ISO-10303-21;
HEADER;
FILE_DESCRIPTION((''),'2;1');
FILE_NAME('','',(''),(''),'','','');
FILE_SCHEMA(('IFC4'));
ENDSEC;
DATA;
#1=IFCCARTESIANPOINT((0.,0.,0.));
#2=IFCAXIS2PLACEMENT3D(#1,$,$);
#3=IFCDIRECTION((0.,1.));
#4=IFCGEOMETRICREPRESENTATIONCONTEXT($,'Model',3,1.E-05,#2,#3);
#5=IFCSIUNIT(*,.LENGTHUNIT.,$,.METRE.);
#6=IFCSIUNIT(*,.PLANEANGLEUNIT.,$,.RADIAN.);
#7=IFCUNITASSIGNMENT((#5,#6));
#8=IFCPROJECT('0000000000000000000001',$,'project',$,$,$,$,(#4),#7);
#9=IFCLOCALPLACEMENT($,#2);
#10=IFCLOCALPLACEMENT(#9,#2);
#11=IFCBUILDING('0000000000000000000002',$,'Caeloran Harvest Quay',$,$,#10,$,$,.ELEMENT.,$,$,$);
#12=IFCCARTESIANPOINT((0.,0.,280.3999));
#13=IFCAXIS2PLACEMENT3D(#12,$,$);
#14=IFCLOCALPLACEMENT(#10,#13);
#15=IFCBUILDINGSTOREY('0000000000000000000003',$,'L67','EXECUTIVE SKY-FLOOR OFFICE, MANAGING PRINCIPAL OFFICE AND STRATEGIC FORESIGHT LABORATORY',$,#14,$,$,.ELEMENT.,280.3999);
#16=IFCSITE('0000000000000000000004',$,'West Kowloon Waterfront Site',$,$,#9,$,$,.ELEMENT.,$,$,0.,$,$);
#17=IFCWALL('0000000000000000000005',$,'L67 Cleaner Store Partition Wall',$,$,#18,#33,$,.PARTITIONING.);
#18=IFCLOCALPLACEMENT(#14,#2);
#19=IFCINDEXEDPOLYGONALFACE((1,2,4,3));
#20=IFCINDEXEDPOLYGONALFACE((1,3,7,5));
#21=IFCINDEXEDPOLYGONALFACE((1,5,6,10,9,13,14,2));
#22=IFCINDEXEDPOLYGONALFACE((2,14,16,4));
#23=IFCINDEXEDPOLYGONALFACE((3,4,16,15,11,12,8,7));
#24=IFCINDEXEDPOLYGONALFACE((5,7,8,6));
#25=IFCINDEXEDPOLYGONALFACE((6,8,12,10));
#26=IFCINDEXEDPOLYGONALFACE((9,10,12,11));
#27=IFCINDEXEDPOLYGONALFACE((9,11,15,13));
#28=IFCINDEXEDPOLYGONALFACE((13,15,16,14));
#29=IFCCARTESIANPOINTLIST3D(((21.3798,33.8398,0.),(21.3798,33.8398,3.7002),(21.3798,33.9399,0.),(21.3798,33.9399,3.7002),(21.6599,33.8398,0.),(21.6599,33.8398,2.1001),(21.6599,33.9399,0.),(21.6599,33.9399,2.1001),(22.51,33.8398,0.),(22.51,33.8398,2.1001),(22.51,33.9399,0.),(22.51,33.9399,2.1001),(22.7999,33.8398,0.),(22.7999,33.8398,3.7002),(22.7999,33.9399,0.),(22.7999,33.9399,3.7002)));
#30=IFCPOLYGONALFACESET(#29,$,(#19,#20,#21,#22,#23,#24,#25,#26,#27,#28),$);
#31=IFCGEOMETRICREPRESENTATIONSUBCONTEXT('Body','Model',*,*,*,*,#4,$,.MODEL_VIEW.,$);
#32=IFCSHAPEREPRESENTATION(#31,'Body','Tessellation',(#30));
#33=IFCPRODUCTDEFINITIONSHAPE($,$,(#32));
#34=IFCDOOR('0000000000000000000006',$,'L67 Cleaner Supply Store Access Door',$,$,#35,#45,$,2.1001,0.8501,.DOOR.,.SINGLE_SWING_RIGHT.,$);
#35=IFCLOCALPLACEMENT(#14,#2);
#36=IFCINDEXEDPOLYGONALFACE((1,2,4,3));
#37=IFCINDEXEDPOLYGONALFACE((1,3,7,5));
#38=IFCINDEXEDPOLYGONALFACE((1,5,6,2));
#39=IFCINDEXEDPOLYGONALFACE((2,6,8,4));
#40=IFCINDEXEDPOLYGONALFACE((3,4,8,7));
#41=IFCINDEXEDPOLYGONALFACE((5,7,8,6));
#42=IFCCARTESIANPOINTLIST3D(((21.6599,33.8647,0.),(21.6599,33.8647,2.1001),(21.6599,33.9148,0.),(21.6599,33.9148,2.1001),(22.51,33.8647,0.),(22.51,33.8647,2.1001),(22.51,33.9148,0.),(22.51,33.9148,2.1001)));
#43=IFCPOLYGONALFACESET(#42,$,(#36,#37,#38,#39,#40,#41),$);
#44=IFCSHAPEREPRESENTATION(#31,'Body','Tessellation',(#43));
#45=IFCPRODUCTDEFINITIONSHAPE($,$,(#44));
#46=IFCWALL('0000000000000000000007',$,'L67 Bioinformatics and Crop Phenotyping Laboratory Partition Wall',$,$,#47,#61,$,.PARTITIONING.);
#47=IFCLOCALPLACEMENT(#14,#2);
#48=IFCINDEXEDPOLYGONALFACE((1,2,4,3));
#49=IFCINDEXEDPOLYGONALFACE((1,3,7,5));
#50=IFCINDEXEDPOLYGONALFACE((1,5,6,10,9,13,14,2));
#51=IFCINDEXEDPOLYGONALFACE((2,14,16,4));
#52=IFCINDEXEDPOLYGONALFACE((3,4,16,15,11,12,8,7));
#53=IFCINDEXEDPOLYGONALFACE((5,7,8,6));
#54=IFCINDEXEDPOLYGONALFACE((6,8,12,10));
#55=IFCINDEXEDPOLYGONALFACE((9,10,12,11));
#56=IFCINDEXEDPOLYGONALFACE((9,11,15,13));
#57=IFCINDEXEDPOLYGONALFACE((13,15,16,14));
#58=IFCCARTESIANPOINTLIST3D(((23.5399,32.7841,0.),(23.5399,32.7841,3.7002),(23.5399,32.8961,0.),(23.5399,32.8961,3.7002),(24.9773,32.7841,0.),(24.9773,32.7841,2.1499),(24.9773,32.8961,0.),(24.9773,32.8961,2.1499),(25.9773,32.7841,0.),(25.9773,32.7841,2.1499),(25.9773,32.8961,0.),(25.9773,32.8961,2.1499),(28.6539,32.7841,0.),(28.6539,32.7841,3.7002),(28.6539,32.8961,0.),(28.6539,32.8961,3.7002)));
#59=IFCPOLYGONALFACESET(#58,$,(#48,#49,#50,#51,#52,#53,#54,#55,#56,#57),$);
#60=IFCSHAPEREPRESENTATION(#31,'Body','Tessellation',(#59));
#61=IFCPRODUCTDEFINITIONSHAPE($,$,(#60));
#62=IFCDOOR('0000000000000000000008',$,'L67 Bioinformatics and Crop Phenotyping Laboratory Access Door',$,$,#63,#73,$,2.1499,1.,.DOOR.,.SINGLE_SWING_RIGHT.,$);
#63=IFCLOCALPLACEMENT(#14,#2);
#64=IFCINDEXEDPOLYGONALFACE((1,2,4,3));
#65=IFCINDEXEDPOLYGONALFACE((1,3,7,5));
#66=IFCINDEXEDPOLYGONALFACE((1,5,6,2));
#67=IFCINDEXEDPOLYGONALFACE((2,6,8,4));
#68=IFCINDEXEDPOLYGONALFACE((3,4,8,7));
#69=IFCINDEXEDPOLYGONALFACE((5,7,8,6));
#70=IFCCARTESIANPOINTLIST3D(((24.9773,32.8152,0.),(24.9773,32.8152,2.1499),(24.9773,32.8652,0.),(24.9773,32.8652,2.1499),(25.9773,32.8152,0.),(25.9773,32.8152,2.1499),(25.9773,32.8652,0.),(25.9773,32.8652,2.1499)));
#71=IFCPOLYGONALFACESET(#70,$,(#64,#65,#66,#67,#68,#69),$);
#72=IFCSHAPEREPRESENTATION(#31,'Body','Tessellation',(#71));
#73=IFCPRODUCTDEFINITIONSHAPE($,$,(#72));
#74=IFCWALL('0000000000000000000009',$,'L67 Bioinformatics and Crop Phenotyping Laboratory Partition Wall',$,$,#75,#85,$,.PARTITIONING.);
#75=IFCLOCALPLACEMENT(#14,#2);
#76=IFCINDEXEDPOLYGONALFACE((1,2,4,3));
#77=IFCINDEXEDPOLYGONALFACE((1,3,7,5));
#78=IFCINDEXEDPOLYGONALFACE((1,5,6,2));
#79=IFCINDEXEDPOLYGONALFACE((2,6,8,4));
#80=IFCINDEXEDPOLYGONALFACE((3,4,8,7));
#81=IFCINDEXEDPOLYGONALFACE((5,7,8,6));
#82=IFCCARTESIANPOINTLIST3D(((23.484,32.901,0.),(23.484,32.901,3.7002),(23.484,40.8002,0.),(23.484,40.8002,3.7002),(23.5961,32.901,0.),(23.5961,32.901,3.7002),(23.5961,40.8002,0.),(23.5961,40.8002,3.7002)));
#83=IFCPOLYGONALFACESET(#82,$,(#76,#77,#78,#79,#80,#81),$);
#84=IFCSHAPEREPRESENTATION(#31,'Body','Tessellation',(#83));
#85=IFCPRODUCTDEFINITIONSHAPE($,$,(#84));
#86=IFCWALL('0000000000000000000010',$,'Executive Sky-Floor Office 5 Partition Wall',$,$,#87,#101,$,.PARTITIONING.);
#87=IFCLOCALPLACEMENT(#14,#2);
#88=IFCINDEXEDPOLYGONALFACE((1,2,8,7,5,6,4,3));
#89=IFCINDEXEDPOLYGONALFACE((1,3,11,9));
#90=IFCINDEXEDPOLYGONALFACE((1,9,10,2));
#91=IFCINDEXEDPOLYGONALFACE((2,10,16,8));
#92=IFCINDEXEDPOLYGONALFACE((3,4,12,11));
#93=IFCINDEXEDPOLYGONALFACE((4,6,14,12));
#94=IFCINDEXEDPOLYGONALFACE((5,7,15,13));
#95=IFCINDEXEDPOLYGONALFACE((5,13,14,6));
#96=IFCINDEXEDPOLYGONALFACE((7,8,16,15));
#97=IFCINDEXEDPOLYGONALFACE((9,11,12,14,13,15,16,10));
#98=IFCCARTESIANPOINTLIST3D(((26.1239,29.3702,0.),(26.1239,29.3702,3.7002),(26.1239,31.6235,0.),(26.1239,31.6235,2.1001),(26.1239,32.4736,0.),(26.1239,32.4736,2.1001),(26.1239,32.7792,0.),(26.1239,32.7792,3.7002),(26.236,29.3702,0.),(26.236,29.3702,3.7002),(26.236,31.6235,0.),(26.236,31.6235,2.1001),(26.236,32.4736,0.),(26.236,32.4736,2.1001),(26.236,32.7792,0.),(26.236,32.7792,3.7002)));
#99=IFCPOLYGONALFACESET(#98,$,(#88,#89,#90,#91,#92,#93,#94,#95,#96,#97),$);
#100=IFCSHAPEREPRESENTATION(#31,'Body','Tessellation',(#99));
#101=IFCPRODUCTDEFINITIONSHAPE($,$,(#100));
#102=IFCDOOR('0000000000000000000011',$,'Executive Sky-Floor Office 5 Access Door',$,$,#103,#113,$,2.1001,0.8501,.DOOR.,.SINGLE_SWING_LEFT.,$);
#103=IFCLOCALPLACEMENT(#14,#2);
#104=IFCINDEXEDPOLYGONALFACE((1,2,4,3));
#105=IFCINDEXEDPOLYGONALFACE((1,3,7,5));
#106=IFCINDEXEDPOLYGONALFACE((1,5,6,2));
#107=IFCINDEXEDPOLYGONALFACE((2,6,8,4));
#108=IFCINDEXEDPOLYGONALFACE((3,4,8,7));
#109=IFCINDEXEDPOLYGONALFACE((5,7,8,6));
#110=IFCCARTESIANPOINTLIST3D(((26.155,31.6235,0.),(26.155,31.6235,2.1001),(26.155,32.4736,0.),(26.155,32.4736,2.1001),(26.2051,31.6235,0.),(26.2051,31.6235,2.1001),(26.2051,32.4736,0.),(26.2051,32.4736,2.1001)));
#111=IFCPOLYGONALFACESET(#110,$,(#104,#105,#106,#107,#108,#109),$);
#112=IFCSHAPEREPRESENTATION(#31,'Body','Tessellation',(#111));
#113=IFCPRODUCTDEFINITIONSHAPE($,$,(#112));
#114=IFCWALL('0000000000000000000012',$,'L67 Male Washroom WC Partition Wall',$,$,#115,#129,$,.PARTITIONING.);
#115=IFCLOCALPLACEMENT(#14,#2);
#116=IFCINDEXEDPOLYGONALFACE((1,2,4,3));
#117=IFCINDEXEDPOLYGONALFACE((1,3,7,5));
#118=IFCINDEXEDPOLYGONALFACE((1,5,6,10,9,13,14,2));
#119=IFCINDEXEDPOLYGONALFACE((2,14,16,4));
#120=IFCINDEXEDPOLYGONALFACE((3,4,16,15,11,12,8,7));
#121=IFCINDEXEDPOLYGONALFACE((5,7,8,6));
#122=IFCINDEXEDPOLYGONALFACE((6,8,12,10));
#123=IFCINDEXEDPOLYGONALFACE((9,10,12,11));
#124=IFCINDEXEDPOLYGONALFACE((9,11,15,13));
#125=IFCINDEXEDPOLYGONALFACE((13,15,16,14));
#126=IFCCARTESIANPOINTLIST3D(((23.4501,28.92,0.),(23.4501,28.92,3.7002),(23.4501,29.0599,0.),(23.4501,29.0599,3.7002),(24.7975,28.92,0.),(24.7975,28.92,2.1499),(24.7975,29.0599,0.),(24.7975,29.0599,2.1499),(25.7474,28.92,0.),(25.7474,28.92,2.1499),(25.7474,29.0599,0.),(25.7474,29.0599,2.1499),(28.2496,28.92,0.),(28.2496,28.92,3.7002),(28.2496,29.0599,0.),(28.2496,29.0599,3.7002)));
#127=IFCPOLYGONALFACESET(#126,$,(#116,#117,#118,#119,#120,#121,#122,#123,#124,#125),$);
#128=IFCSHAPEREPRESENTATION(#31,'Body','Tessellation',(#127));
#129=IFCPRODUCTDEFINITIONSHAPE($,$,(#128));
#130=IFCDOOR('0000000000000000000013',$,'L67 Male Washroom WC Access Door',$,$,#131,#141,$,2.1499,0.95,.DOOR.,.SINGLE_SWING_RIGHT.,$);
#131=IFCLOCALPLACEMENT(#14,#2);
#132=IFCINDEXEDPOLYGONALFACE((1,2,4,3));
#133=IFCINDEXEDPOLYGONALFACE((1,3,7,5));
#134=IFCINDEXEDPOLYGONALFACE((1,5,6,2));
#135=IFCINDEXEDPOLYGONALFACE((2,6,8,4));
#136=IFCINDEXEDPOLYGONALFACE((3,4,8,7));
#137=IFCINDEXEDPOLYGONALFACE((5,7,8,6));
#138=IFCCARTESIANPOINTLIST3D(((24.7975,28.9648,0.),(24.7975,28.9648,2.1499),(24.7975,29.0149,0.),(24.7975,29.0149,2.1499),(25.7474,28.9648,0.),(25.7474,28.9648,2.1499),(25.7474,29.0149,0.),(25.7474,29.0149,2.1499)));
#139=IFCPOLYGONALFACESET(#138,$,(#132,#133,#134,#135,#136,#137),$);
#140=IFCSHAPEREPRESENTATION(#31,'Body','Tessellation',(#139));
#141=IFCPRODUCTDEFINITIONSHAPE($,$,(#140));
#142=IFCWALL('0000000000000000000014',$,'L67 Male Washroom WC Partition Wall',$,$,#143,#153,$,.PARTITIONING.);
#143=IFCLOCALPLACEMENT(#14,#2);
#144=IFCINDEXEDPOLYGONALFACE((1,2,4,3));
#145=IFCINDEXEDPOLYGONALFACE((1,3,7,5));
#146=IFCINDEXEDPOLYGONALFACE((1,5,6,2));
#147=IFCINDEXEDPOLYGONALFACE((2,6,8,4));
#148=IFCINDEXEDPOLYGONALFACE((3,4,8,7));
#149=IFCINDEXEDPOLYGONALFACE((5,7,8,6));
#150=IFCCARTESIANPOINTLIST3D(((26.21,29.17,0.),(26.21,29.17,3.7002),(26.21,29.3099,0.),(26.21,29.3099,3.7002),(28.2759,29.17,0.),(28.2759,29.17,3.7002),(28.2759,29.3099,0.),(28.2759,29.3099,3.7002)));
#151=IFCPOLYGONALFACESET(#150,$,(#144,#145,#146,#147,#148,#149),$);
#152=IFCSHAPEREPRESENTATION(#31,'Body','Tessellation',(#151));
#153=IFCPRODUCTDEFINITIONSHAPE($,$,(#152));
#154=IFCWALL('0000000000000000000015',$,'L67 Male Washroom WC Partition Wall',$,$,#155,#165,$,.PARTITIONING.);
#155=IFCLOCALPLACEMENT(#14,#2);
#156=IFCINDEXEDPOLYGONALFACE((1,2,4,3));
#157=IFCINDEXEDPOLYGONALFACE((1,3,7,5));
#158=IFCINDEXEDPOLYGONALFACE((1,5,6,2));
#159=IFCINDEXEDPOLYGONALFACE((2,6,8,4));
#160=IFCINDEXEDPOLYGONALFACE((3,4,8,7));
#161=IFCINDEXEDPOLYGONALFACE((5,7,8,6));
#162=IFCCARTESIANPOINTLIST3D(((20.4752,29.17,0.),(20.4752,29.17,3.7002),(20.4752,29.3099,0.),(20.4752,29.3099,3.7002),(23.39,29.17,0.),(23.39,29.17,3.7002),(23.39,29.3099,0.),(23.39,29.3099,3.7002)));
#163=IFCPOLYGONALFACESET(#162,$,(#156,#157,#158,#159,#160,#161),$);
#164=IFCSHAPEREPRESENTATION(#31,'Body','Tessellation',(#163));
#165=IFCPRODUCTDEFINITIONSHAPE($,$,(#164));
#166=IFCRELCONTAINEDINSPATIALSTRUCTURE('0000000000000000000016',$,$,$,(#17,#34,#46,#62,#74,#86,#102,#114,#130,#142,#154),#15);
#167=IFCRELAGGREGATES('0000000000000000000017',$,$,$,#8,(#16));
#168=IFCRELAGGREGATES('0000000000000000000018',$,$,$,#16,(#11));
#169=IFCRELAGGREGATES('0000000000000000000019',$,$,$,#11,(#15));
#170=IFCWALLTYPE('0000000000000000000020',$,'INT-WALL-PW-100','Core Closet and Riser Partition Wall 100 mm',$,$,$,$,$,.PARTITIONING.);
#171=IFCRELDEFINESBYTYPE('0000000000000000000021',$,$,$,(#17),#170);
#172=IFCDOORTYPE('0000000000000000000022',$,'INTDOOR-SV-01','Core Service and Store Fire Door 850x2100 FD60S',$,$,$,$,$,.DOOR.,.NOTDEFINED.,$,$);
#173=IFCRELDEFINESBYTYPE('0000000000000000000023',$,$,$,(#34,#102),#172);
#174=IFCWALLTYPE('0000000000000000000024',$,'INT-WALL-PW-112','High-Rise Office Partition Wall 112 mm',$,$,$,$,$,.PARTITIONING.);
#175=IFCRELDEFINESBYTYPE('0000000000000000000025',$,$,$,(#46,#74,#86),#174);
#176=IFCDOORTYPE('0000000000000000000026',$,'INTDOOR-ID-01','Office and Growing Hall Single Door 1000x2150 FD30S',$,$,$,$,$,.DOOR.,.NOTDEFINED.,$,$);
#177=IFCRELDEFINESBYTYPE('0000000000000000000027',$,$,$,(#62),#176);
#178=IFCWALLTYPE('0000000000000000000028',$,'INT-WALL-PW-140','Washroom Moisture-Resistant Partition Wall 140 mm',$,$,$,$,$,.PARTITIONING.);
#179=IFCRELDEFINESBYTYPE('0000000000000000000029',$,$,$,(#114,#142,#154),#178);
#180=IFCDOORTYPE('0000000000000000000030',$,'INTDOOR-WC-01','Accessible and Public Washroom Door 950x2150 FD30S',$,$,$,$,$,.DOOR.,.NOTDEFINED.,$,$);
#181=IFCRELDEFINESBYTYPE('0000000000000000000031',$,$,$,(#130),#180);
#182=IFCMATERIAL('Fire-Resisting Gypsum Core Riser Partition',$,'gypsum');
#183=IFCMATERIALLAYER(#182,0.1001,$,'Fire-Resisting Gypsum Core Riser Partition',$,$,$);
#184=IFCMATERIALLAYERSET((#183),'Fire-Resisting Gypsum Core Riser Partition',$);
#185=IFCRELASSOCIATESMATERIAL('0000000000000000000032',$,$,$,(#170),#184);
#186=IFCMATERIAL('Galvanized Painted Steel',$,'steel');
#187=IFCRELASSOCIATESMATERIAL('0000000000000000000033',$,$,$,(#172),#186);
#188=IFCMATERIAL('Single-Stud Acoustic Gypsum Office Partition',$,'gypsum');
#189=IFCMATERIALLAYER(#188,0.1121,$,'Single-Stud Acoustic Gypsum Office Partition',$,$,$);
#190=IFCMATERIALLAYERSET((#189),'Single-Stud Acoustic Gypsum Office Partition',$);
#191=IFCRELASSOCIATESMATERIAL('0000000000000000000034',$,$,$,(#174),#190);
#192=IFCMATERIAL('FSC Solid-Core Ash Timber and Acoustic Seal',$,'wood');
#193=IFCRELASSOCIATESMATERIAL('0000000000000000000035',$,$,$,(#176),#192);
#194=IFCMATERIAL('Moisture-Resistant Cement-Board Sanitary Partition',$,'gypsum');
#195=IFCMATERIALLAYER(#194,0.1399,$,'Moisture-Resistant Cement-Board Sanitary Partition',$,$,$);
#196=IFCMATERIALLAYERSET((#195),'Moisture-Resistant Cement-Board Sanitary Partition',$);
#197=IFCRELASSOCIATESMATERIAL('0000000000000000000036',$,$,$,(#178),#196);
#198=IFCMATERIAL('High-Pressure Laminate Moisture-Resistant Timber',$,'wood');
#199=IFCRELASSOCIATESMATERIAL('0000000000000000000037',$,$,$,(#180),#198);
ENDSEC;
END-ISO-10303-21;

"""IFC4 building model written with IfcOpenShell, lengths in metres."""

from ifc_helpers import new_model, si_unit, direction, frame, frame_2d, origin, place, context, subcontext, project, spatial, rectangle, extrude, material, layer, layer_set, type_object, element, fill, save


model = new_model("IFC4")

# Units and contexts
model_context = context("Model", 3, precision=1e-05, world=origin(), true_north=direction((0.0, 1.0)))
body_context = subcontext(model_context, "Body", "Model", "MODEL_VIEW")
ifc_project = project(units=[si_unit("LENGTHUNIT", "METRE"), si_unit("PLANEANGLEUNIT", "RADIAN")], contexts=[model_context])

# Site, building, storey
site_placement = place(None, origin())
site = spatial("IfcSite", under=ifc_project, at=site_placement, Name="West Kowloon Waterfront Site", CompositionType="ELEMENT", RefElevation=0.0)
building_placement = place(site_placement, origin())
building = spatial("IfcBuilding", under=site, at=building_placement, Name="Caeloran Harvest Quay", CompositionType="ELEMENT")
storey_placement = place(building_placement, frame((0.0, 0.0, 280.3999)))
storey = spatial("IfcBuildingStorey", under=building, at=storey_placement, Name="L67", Description="EXECUTIVE SKY-FLOOR OFFICE, MANAGING PRINCIPAL OFFICE AND STRATEGIC FORESIGHT LABORATORY", CompositionType="ELEMENT", Elevation=280.3999)

# Walls, openings, doors
ifc_material_1 = material(Name="Fire-Resisting Gypsum Core Riser Partition", Category="gypsum")
ifc_layer_1 = layer(ifc_material_1, 0.1001, Name="Fire-Resisting Gypsum Core Riser Partition")
ifc_layer_set_1 = layer_set([ifc_layer_1], Name="Fire-Resisting Gypsum Core Riser Partition")
wall_type_1 = type_object("IfcWallType", Name="INT-WALL-PW-100", Description="Core Closet and Riser Partition Wall 100 mm", PredefinedType="PARTITIONING", material=ifc_layer_set_1)
wall_1_placement = place(storey_placement, frame((21.3799, 33.8899, 0.0), z_axis=(0.0, 0.0, 1.0), x_axis=(1.0, 0.0, 0.0)))
wall_1 = element("IfcWall", 1, at=wall_1_placement, inside=storey, type_object=wall_type_1, Name="L67 Cleaner Store Partition Wall", PredefinedType="PARTITIONING", context=body_context, shape_type="SweptSolid", body=[
    extrude(rectangle(XDim=1.4202, YDim=0.1001, at=frame_2d((0.71, 0.0))), origin(), (0.0, 0.0, 1.0), 3.7002),
])
opening_1_placement = place(wall_1_placement, frame((0.28, 0.0, 0.0)))
opening_1 = element("IfcOpeningElement", 2, at=opening_1_placement, cuts=wall_1, PredefinedType="OPENING", context=body_context, shape_type="SweptSolid", body=[
    extrude(rectangle(XDim=0.8501, YDim=2.1001, at=frame_2d((0.425, 1.05))), frame((0.0, 0.0601, 0.0), z_axis=(0.0, -1.0, 0.0), x_axis=(1.0, 0.0, 0.0)), (0.0, 0.0, 1.0), 0.1201),
])
ifc_material_2 = material(Name="Galvanized Painted Steel", Category="steel")
door_type_1 = type_object("IfcDoorType", Name="INTDOOR-SV-01", Description="Core Service and Store Fire Door 850x2100 FD60S", OperationType="NOTDEFINED", PredefinedType="DOOR", material=ifc_material_2)
door_1_placement = place(opening_1_placement, origin())
door_1 = element("IfcDoor", 3, at=door_1_placement, inside=storey, type_object=door_type_1, Name="L67 Cleaner Supply Store Access Door", OperationType="SINGLE_SWING_RIGHT", OverallHeight=2.1001, OverallWidth=0.8501, PredefinedType="DOOR", context=body_context, shape_type="SweptSolid", body=[
    extrude(rectangle(XDim=0.8501, YDim=2.1001, at=frame_2d((0.425, 1.05))), frame((0.0, 0.0249, 0.0), z_axis=(0.0, -1.0, 0.0), x_axis=(1.0, 0.0, 0.0)), (0.0, 0.0, 1.0), 0.05),
])
fill(opening_1, door_1)
ifc_material_3 = material(Name="Single-Stud Acoustic Gypsum Office Partition", Category="gypsum")
ifc_layer_2 = layer(ifc_material_3, 0.1121, Name="Single-Stud Acoustic Gypsum Office Partition")
ifc_layer_set_2 = layer_set([ifc_layer_2], Name="Single-Stud Acoustic Gypsum Office Partition")
wall_type_2 = type_object("IfcWallType", Name="INT-WALL-PW-112", Description="High-Rise Office Partition Wall 112 mm", PredefinedType="PARTITIONING", material=ifc_layer_set_2)
wall_2_placement = place(storey_placement, frame((28.6541, 32.8401, 0.0), z_axis=(0.0, 0.0, 1.0), x_axis=(-1.0, 0.0, 0.0)))
wall_2 = element("IfcWall", 4, at=wall_2_placement, inside=storey, type_object=wall_type_2, Name="L67 Bioinformatics and Crop Phenotyping Laboratory Partition Wall", PredefinedType="PARTITIONING", context=body_context, shape_type="SweptSolid", body=[
    extrude(rectangle(XDim=5.114, YDim=0.1121, at=frame_2d((2.5571, 0.0))), origin(), (0.0, 0.0, 1.0), 3.7002),
])
opening_2_placement = place(wall_2_placement, frame((2.6768, 0.0, 0.0)))
opening_2 = element("IfcOpeningElement", 5, at=opening_2_placement, cuts=wall_2, PredefinedType="OPENING", context=body_context, shape_type="SweptSolid", body=[
    extrude(rectangle(XDim=1.0, YDim=2.1499, at=frame_2d((0.5, 1.075))), frame((0.0, 0.0659, 0.0), z_axis=(0.0, -1.0, 0.0), x_axis=(1.0, 0.0, 0.0)), (0.0, 0.0, 1.0), 0.1321),
])
ifc_material_4 = material(Name="FSC Solid-Core Ash Timber and Acoustic Seal", Category="wood")
door_type_2 = type_object("IfcDoorType", Name="INTDOOR-ID-01", Description="Office and Growing Hall Single Door 1000x2150 FD30S", OperationType="NOTDEFINED", PredefinedType="DOOR", material=ifc_material_4)
door_2_placement = place(opening_2_placement, origin())
door_2 = element("IfcDoor", 6, at=door_2_placement, inside=storey, type_object=door_type_2, Name="L67 Bioinformatics and Crop Phenotyping Laboratory Access Door", OperationType="SINGLE_SWING_RIGHT", OverallHeight=2.1499, OverallWidth=1.0, PredefinedType="DOOR", context=body_context, shape_type="SweptSolid", body=[
    extrude(rectangle(XDim=1.0, YDim=2.1499, at=frame_2d((0.5, 1.075))), frame((0.0, 0.0249, 0.0), z_axis=(0.0, -1.0, 0.0), x_axis=(1.0, 0.0, 0.0)), (0.0, 0.0, 1.0), 0.05),
])
fill(opening_2, door_2)

# Wall
wall_3_placement = place(storey_placement, frame((23.54, 32.9009, 0.0), z_axis=(0.0, 0.0, 1.0), x_axis=(0.0, 1.0, 0.0)))
element("IfcWall", 7, at=wall_3_placement, inside=storey, type_object=wall_type_2, Name="L67 Bioinformatics and Crop Phenotyping Laboratory Partition Wall", PredefinedType="PARTITIONING", context=body_context, shape_type="SweptSolid", body=[
    extrude(rectangle(XDim=7.8992, YDim=0.1121, at=frame_2d((3.9497, 0.0))), origin(), (0.0, 0.0, 1.0), 3.7002),
])

# Walls, openings, doors
wall_4_placement = place(storey_placement, frame((26.1799, 29.3701, 0.0), z_axis=(0.0, 0.0, 1.0), x_axis=(0.0, 1.0, 0.0)))
wall_4 = element("IfcWall", 8, at=wall_4_placement, inside=storey, type_object=wall_type_2, Name="Executive Sky-Floor Office 5 Partition Wall", PredefinedType="PARTITIONING", context=body_context, shape_type="SweptSolid", body=[
    extrude(rectangle(XDim=3.4089, YDim=0.1121, at=frame_2d((1.7046, 0.0))), origin(), (0.0, 0.0, 1.0), 3.7002),
])
opening_3_placement = place(wall_4_placement, frame((2.2534, 0.0, 0.0)))
opening_3 = element("IfcOpeningElement", 9, at=opening_3_placement, cuts=wall_4, PredefinedType="OPENING", context=body_context, shape_type="SweptSolid", body=[
    extrude(rectangle(XDim=0.8501, YDim=2.1001, at=frame_2d((0.425, 1.05))), frame((0.0, 0.0659, 0.0), z_axis=(0.0, -1.0, 0.0), x_axis=(1.0, 0.0, 0.0)), (0.0, 0.0, 1.0), 0.1321),
])
door_3_placement = place(opening_3_placement, origin())
door_3 = element("IfcDoor", 10, at=door_3_placement, inside=storey, type_object=door_type_1, Name="Executive Sky-Floor Office 5 Access Door", OperationType="SINGLE_SWING_LEFT", OverallHeight=2.1001, OverallWidth=0.8501, PredefinedType="DOOR", context=body_context, shape_type="SweptSolid", body=[
    extrude(rectangle(XDim=0.8501, YDim=2.1001, at=frame_2d((0.425, 1.05))), frame((0.0, 0.0249, 0.0), z_axis=(0.0, -1.0, 0.0), x_axis=(1.0, 0.0, 0.0)), (0.0, 0.0, 1.0), 0.05),
])
fill(opening_3, door_3)
ifc_material_5 = material(Name="Moisture-Resistant Cement-Board Sanitary Partition", Category="gypsum")
ifc_layer_3 = layer(ifc_material_5, 0.1399, Name="Moisture-Resistant Cement-Board Sanitary Partition")
ifc_layer_set_3 = layer_set([ifc_layer_3], Name="Moisture-Resistant Cement-Board Sanitary Partition")
wall_type_3 = type_object("IfcWallType", Name="INT-WALL-PW-140", Description="Washroom Moisture-Resistant Partition Wall 140 mm", PredefinedType="PARTITIONING", material=ifc_layer_set_3)
wall_5_placement = place(storey_placement, frame((23.45, 28.99, 0.0), z_axis=(0.0, 0.0, 1.0), x_axis=(1.0, 0.0, 0.0)))
wall_5 = element("IfcWall", 11, at=wall_5_placement, inside=storey, type_object=wall_type_3, Name="L67 Male Washroom WC Partition Wall", PredefinedType="PARTITIONING", context=body_context, shape_type="SweptSolid", body=[
    extrude(rectangle(XDim=4.7996, YDim=0.1399, at=frame_2d((2.3999, 0.0))), origin(), (0.0, 0.0, 1.0), 3.7002),
])
opening_4_placement = place(wall_5_placement, frame((1.3474, 0.0, 0.0)))
opening_4 = element("IfcOpeningElement", 12, at=opening_4_placement, cuts=wall_5, PredefinedType="OPENING", context=body_context, shape_type="SweptSolid", body=[
    extrude(rectangle(XDim=0.95, YDim=2.1499, at=frame_2d((0.4751, 1.075))), frame((0.0, 0.0801, 0.0), z_axis=(0.0, -1.0, 0.0), x_axis=(1.0, 0.0, 0.0)), (0.0, 0.0, 1.0), 0.1599),
])
ifc_material_6 = material(Name="High-Pressure Laminate Moisture-Resistant Timber", Category="wood")
door_type_3 = type_object("IfcDoorType", Name="INTDOOR-WC-01", Description="Accessible and Public Washroom Door 950x2150 FD30S", OperationType="NOTDEFINED", PredefinedType="DOOR", material=ifc_material_6)
door_4_placement = place(opening_4_placement, origin())
door_4 = element("IfcDoor", 13, at=door_4_placement, inside=storey, type_object=door_type_3, Name="L67 Male Washroom WC Access Door", OperationType="SINGLE_SWING_RIGHT", OverallHeight=2.1499, OverallWidth=0.95, PredefinedType="DOOR", context=body_context, shape_type="SweptSolid", body=[
    extrude(rectangle(XDim=0.95, YDim=2.1499, at=frame_2d((0.4751, 1.075))), frame((0.0, 0.0249, 0.0), z_axis=(0.0, -1.0, 0.0), x_axis=(1.0, 0.0, 0.0)), (0.0, 0.0, 1.0), 0.05),
])
fill(opening_4, door_4)

# Walls
wall_6_placement = place(storey_placement, frame((26.21, 29.24, 0.0), z_axis=(0.0, 0.0, 1.0), x_axis=(1.0, 0.0, 0.0)))
element("IfcWall", 14, at=wall_6_placement, inside=storey, type_object=wall_type_3, Name="L67 Male Washroom WC Partition Wall", PredefinedType="PARTITIONING", context=body_context, shape_type="SweptSolid", body=[
    extrude(rectangle(XDim=2.0659, YDim=0.1399, at=frame_2d((1.033, 0.0))), origin(), (0.0, 0.0, 1.0), 3.7002),
])
wall_7_placement = place(storey_placement, frame((20.4751, 29.24, 0.0), z_axis=(0.0, 0.0, 1.0), x_axis=(1.0, 0.0, 0.0)))
element("IfcWall", 15, at=wall_7_placement, inside=storey, type_object=wall_type_3, Name="L67 Male Washroom WC Partition Wall", PredefinedType="PARTITIONING", context=body_context, shape_type="SweptSolid", body=[
    extrude(rectangle(XDim=2.9148, YDim=0.1399, at=frame_2d((1.4575, 0.0))), origin(), (0.0, 0.0, 1.0), 3.7002),
])

save(model, "model.ifc")
